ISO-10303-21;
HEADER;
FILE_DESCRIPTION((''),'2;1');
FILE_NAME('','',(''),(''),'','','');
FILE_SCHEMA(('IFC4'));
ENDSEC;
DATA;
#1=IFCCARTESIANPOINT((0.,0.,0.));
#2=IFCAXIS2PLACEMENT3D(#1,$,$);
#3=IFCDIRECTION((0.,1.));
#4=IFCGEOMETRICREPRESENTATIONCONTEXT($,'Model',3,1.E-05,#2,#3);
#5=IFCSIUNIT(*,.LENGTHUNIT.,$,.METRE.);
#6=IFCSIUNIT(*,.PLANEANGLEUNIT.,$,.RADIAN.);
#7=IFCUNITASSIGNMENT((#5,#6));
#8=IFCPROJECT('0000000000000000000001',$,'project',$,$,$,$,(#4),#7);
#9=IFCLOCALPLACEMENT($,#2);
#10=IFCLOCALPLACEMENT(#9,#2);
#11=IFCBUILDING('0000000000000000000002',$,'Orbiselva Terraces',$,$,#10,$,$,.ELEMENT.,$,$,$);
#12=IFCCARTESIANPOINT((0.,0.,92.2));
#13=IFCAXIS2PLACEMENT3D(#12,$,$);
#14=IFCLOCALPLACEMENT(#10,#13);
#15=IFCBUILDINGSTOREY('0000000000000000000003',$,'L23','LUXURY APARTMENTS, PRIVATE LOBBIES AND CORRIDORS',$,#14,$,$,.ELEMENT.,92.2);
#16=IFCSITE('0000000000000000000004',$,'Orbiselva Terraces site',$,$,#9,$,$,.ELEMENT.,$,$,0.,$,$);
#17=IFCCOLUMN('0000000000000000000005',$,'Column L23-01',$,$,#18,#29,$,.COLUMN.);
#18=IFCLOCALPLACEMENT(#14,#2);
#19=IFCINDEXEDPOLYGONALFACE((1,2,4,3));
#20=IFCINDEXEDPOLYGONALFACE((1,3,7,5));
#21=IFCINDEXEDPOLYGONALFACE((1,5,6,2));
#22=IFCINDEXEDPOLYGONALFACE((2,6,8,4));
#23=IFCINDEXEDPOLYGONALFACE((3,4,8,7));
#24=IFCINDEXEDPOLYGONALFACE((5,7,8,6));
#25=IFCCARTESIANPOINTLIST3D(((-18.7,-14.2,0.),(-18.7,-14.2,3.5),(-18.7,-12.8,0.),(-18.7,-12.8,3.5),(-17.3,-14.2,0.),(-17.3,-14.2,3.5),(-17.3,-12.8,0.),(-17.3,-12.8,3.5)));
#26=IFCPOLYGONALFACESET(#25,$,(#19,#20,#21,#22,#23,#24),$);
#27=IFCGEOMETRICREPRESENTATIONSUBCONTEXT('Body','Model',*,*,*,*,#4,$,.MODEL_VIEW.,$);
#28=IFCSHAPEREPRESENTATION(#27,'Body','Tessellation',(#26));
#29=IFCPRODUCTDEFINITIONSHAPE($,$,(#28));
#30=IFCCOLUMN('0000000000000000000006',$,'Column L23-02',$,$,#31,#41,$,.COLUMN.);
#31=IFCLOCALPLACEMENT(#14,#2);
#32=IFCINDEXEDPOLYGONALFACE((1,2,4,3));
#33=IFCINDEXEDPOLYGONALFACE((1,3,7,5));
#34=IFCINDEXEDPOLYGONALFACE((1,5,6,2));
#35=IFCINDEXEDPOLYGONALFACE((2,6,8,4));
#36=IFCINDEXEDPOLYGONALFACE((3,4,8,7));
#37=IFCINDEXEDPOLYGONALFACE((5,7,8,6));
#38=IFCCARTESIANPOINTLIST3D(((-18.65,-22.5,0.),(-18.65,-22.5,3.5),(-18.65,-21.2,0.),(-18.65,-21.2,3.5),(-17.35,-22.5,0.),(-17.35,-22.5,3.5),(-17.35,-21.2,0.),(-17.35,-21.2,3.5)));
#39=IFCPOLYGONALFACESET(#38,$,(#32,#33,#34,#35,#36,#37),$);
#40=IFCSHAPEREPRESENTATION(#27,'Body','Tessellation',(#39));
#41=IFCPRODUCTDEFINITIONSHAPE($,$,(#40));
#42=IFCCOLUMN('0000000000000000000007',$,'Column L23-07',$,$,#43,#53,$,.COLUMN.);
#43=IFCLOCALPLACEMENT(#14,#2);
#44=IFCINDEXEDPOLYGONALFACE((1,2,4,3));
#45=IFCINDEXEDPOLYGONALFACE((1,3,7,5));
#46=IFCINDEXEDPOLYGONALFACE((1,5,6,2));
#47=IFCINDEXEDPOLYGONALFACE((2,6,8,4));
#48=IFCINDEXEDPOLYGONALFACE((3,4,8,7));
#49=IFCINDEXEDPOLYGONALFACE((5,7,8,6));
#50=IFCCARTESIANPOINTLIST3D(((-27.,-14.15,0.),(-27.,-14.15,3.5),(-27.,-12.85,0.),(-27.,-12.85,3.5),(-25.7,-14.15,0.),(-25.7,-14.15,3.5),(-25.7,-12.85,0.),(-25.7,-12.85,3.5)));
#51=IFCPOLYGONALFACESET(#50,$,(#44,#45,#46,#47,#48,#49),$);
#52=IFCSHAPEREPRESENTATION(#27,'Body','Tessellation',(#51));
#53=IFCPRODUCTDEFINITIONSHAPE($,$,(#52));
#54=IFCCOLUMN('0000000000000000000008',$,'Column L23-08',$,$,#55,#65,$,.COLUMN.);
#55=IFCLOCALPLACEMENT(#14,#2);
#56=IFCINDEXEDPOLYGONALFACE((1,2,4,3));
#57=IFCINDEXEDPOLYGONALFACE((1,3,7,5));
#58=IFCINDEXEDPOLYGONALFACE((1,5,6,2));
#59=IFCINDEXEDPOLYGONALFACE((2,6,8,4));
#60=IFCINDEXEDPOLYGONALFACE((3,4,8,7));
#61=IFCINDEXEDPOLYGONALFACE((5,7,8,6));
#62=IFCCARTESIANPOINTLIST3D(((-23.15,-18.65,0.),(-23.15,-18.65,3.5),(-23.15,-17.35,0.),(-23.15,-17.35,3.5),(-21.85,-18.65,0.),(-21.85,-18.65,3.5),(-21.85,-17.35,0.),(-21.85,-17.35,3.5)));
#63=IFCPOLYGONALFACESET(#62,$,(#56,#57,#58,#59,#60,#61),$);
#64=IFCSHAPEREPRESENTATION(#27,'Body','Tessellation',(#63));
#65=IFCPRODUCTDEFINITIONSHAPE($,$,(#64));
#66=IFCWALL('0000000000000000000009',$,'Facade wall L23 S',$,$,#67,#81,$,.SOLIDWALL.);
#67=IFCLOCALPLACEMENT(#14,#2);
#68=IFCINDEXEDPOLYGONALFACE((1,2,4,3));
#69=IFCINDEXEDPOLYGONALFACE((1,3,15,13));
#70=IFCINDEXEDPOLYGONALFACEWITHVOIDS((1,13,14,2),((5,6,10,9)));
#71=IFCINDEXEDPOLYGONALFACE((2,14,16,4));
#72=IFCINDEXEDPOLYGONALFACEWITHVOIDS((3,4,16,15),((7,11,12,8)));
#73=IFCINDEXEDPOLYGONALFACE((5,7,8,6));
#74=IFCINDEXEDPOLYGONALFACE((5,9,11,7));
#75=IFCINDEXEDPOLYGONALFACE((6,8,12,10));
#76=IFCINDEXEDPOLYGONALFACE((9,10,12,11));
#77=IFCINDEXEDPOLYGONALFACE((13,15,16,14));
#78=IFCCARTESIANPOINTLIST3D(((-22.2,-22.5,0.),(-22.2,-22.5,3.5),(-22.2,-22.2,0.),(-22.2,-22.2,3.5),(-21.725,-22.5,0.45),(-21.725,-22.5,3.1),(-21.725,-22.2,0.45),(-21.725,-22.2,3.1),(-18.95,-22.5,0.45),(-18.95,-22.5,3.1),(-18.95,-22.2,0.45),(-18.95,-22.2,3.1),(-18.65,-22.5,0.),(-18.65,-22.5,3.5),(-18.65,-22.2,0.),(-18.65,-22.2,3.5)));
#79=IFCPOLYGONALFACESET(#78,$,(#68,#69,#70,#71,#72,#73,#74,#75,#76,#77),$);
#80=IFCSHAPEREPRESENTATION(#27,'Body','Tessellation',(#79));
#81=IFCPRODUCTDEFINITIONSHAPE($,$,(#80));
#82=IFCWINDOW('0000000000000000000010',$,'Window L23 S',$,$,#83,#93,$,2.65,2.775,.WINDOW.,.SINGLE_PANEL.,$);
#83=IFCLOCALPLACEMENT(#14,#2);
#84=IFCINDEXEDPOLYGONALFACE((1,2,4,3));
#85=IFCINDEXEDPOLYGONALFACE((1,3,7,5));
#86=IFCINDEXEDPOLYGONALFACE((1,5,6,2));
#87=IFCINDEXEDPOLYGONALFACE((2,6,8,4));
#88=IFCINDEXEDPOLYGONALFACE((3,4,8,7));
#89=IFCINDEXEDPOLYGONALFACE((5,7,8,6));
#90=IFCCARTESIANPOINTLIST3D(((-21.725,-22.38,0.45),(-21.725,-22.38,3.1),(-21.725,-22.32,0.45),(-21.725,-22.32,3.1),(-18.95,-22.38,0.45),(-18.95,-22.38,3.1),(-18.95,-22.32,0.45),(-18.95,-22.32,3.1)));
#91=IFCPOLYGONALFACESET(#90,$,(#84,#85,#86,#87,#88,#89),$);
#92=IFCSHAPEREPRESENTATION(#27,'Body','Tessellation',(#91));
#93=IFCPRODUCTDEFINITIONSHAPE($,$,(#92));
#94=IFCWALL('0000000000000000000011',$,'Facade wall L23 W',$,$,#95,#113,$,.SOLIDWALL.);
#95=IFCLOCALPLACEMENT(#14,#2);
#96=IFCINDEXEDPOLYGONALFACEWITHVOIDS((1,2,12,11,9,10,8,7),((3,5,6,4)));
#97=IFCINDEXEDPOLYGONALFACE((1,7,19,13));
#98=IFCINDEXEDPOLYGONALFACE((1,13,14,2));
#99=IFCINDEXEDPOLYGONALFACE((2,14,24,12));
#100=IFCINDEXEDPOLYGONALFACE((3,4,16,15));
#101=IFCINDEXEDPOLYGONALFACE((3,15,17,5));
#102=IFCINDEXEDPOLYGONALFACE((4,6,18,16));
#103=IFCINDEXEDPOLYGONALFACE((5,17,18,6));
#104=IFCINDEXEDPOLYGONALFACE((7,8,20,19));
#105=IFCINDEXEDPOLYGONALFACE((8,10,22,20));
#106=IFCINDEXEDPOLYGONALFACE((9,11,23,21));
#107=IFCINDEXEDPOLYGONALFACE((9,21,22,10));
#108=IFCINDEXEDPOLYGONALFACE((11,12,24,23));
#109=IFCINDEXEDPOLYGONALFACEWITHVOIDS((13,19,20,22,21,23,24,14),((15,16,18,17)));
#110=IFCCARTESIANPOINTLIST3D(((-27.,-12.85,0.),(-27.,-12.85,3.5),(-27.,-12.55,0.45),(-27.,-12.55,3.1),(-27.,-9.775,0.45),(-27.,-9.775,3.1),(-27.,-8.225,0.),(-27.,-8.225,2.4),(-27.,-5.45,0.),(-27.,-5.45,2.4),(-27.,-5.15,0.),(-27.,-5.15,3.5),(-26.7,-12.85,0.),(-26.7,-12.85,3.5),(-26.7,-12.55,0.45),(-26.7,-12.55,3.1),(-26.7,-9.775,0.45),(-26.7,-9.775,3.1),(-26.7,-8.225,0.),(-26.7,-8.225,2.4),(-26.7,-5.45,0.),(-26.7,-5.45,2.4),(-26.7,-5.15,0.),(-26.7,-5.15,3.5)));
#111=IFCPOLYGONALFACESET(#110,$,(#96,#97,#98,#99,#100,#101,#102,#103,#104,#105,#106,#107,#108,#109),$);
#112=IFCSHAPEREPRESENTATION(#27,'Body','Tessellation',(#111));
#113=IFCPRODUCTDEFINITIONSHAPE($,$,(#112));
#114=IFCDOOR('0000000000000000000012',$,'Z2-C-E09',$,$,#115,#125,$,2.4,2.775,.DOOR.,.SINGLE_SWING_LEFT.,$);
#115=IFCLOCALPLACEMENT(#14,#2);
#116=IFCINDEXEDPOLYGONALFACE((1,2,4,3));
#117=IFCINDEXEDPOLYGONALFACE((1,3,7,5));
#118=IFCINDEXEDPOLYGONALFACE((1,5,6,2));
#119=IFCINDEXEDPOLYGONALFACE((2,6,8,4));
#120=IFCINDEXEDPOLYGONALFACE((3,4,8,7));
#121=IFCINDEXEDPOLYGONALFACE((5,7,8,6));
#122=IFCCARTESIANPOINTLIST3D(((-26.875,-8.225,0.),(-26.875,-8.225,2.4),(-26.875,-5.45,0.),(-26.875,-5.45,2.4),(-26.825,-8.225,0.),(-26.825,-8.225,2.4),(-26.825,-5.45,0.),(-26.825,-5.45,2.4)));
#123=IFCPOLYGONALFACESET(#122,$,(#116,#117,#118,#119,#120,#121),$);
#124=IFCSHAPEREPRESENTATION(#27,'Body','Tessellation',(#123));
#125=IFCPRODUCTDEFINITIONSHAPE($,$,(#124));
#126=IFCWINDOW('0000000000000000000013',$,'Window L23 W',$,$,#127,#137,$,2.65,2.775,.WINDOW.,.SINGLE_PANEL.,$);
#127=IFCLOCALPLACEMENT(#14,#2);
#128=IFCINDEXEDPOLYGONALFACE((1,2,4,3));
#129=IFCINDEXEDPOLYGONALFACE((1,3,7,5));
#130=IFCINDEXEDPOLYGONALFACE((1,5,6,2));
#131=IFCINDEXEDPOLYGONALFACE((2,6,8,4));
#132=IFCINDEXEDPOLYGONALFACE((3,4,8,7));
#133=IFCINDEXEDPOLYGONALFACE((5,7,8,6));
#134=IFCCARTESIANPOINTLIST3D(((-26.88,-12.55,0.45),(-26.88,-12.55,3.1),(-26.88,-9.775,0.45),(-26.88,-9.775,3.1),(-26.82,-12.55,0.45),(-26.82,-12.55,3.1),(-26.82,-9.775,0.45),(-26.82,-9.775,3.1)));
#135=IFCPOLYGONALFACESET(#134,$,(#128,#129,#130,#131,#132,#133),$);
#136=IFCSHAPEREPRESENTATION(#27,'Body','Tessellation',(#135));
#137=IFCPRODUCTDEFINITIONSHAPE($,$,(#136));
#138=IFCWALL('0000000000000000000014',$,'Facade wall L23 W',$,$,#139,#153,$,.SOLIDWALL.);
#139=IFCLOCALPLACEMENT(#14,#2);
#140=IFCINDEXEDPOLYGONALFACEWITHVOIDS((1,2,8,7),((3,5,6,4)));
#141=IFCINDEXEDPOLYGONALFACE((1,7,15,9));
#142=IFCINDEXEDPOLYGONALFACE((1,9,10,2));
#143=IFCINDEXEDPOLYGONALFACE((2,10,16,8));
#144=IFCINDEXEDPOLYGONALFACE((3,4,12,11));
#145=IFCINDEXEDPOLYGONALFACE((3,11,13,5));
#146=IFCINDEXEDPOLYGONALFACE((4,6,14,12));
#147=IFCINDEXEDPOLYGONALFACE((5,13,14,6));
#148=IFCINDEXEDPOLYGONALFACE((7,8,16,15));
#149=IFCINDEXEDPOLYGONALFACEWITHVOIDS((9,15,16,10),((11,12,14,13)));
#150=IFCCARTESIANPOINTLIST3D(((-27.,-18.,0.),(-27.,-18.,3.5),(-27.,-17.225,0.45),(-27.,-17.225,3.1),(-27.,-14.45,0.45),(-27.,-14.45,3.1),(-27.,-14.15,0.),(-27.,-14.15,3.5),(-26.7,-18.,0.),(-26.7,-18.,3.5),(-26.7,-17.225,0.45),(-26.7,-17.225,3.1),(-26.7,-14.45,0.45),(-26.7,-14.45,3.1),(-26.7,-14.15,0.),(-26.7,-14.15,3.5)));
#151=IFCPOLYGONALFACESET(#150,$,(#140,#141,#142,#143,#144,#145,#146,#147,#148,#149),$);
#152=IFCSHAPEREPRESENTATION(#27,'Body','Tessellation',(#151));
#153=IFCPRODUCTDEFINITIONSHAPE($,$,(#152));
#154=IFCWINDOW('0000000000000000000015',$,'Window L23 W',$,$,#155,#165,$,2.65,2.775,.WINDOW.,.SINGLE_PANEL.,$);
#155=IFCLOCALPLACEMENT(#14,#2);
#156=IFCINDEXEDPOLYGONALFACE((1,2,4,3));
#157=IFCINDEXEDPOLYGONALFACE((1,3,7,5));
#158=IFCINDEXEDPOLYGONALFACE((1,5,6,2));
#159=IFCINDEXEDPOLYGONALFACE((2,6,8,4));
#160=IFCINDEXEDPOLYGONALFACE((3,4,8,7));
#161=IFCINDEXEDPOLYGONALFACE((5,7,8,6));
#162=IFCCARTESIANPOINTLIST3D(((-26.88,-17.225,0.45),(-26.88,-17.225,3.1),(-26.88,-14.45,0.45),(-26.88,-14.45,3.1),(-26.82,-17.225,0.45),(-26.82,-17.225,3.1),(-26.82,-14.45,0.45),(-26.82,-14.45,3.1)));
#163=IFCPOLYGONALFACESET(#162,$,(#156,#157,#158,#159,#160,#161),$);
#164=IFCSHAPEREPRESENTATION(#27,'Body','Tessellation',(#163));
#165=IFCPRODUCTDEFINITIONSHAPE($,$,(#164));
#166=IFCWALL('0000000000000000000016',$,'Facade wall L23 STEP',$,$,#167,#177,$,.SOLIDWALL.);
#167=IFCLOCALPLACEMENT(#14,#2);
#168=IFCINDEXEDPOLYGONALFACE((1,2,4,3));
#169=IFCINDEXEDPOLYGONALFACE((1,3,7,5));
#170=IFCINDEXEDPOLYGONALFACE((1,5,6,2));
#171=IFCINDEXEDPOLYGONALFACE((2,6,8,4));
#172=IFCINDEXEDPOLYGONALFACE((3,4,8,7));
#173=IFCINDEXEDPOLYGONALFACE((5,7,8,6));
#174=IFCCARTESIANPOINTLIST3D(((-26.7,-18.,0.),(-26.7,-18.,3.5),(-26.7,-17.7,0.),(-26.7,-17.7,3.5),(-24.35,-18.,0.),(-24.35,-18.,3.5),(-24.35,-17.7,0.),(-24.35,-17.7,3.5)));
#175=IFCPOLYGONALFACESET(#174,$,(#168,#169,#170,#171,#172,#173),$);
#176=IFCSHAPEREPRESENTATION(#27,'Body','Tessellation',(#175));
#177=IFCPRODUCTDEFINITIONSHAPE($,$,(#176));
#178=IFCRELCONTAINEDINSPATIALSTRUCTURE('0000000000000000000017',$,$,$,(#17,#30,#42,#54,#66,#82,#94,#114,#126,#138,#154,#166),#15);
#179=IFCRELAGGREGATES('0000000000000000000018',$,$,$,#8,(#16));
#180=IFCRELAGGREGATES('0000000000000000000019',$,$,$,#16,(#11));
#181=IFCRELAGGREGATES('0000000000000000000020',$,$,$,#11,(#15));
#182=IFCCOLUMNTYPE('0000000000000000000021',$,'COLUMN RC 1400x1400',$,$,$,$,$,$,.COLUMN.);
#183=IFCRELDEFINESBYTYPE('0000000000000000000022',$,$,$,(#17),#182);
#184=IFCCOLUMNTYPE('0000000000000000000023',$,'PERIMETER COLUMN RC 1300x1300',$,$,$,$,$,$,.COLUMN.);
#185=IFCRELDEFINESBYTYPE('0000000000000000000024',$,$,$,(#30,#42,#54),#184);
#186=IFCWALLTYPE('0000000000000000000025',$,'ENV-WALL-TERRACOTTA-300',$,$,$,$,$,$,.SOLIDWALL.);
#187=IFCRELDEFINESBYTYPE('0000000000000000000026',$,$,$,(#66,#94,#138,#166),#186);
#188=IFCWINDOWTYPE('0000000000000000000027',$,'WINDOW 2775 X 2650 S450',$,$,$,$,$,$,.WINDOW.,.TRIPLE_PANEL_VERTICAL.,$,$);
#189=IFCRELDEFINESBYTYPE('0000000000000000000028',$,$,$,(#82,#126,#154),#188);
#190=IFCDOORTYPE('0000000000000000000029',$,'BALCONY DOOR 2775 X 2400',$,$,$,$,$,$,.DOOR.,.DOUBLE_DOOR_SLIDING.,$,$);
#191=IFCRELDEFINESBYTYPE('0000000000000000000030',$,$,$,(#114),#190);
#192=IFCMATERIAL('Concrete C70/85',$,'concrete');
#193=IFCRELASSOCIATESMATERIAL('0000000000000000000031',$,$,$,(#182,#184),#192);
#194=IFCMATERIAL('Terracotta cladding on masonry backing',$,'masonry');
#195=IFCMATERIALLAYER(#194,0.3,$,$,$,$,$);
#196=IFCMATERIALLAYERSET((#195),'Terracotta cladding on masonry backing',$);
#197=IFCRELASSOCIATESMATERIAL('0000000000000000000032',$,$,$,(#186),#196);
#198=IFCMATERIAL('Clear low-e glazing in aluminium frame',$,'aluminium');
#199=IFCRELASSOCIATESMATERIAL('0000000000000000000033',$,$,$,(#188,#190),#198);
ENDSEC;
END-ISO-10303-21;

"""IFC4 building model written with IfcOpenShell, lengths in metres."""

from ifc_helpers import new_model, si_unit, direction, frame, frame_2d, origin, origin_2d, place, context, subcontext, project, spatial, rectangle, extrude, material, layer, layer_set, material_profile, profile_set, type_object, element, fill, save


model = new_model("IFC4")

# Units and contexts
model_context = context("Model", 3, precision=1e-05, world=origin(), true_north=direction((0.0, 1.0)))
body_context = subcontext(model_context, "Body", "Model", "MODEL_VIEW")
ifc_project = project(units=[si_unit("LENGTHUNIT", "METRE"), si_unit("PLANEANGLEUNIT", "RADIAN")], contexts=[model_context])

# Site, building, storey
site_placement = place(None, origin())
site = spatial("IfcSite", under=ifc_project, at=site_placement, Name="Orbiselva Terraces site", CompositionType="ELEMENT", RefElevation=0.0)
building_placement = place(site_placement, origin())
building = spatial("IfcBuilding", under=site, at=building_placement, Name="Orbiselva Terraces", CompositionType="ELEMENT")
storey_placement = place(building_placement, frame((0.0, 0.0, 92.2)))
storey = spatial("IfcBuildingStorey", under=building, at=storey_placement, Name="L23", Description="LUXURY APARTMENTS, PRIVATE LOBBIES AND CORRIDORS", CompositionType="ELEMENT", Elevation=92.2)

# Columns
ifc_material_1 = material(Name="Concrete C70/85", Category="concrete")
ifc_material_profile_1 = material_profile(ifc_material_1, rectangle(XDim=1.4, YDim=1.4, at=origin_2d()), Name="RC 1400x1400")
ifc_profile_set_1 = profile_set([ifc_material_profile_1], Name="Concrete C70/85")
column_type_1 = type_object("IfcColumnType", Name="COLUMN RC 1400x1400", PredefinedType="COLUMN", material=ifc_profile_set_1)
column_placement = place(storey_placement, frame((-18.0, -13.5, 0.0), z_axis=(0.0, 0.0, 1.0), x_axis=(1.0, 0.0, 0.0)))
element("IfcColumn", 1, at=column_placement, inside=storey, type_object=column_type_1, Name="Column L23-01", PredefinedType="COLUMN", context=body_context, shape_type="SweptSolid", body=[
    extrude(rectangle(XDim=1.4, YDim=1.4, at=origin_2d()), origin(), (0.0, 0.0, 1.0), 3.5),
])
ifc_material_profile_2 = material_profile(ifc_material_1, rectangle(XDim=1.3, YDim=1.3, at=origin_2d()), Name="RC 1300x1300")
ifc_profile_set_2 = profile_set([ifc_material_profile_2], Name="Concrete C70/85")
column_type_2 = type_object("IfcColumnType", Name="PERIMETER COLUMN RC 1300x1300", PredefinedType="COLUMN", material=ifc_profile_set_2)
for number, where, z_axis, x_axis, name in (
    (2, (-18.0, -21.85, 0.0), (0.0, 0.0, 1.0), (1.0, 0.0, 0.0), "Column L23-02"),
    (3, (-26.35, -13.5, 0.0), (0.0, 0.0, 1.0), (1.0, 0.0, 0.0), "Column L23-07"),
    (4, (-22.5, -18.0, 0.0), (0.0, 0.0, 1.0), (1.0, 0.0, 0.0), "Column L23-08"),
):
    element("IfcColumn", number, at=place(storey_placement, frame(where, z_axis=z_axis, x_axis=x_axis)), inside=storey, type_object=column_type_2, Name=name, PredefinedType="COLUMN", context=body_context, shape_type="SweptSolid", body=[
        extrude(rectangle(XDim=1.3, YDim=1.3, at=origin_2d()), origin(), (0.0, 0.0, 1.0), 3.5),
    ])

# Wall, opening, window
ifc_material_2 = material(Name="Terracotta cladding on masonry backing", Category="masonry")
ifc_layer_1 = layer(ifc_material_2, 0.3)
ifc_layer_set_1 = layer_set([ifc_layer_1], Name="Terracotta cladding on masonry backing")
wall_type_1 = type_object("IfcWallType", Name="ENV-WALL-TERRACOTTA-300", PredefinedType="SOLIDWALL", material=ifc_layer_set_1)
wall_1_placement = place(storey_placement, frame((-18.65, -22.35, 0.0), z_axis=(0.0, 0.0, 1.0), x_axis=(-1.0, 0.0, 0.0)))
wall_1 = element("IfcWall", 5, at=wall_1_placement, inside=storey, type_object=wall_type_1, Name="Facade wall L23 S", PredefinedType="SOLIDWALL", context=body_context, shape_type="SweptSolid", body=[
    extrude(rectangle(XDim=3.55, YDim=0.3, at=frame_2d((1.775, 0.0))), origin(), (0.0, 0.0, 1.0), 3.5),
])
opening_1_placement = place(wall_1_placement, frame((0.3, 0.0, 0.45)))
opening_1 = element("IfcOpeningElement", 6, at=opening_1_placement, cuts=wall_1, PredefinedType="OPENING", context=body_context, shape_type="SweptSolid", body=[
    extrude(rectangle(XDim=2.775, YDim=2.65, at=frame_2d((1.3875, 1.325))), frame((0.0, 0.16, 0.0), z_axis=(0.0, -1.0, 0.0), x_axis=(1.0, 0.0, 0.0)), (0.0, 0.0, 1.0), 0.32),
])
ifc_material_3 = material(Name="Clear low-e glazing in aluminium frame", Category="aluminium")
window_type = type_object("IfcWindowType", Name="WINDOW 2775 X 2650 S450", PartitioningType="TRIPLE_PANEL_VERTICAL", PredefinedType="WINDOW", material=ifc_material_3)
window_1_placement = place(opening_1_placement, origin())
window_1 = element("IfcWindow", 7, at=window_1_placement, inside=storey, type_object=window_type, Name="Window L23 S", OverallHeight=2.65, OverallWidth=2.775, PartitioningType="SINGLE_PANEL", PredefinedType="WINDOW", context=body_context, shape_type="SweptSolid", body=[
    extrude(rectangle(XDim=2.775, YDim=2.65, at=frame_2d((1.3875, 1.325))), frame((0.0, 0.03, 0.0), z_axis=(0.0, -1.0, 0.0), x_axis=(1.0, 0.0, 0.0)), (0.0, 0.0, 1.0), 0.06),
])
fill(opening_1, window_1)

# Wall, openings, door, window
wall_2_placement = place(storey_placement, frame((-26.85, -12.85, 0.0), z_axis=(0.0, 0.0, 1.0), x_axis=(0.0, 1.0, 0.0)))
wall_2 = element("IfcWall", 8, at=wall_2_placement, inside=storey, type_object=wall_type_1, Name="Facade wall L23 W", PredefinedType="SOLIDWALL", context=body_context, shape_type="SweptSolid", body=[
    extrude(rectangle(XDim=7.7, YDim=0.3, at=frame_2d((3.85, 0.0))), origin(), (0.0, 0.0, 1.0), 3.5),
])
opening_2_placement = place(wall_2_placement, frame((4.625, 0.0, 0.0)))
opening_2 = element("IfcOpeningElement", 9, at=opening_2_placement, cuts=wall_2, PredefinedType="OPENING", context=body_context, shape_type="SweptSolid", body=[
    extrude(rectangle(XDim=2.775, YDim=2.4, at=frame_2d((1.3875, 1.2))), frame((0.0, 0.16, 0.0), z_axis=(0.0, -1.0, 0.0), x_axis=(1.0, 0.0, 0.0)), (0.0, 0.0, 1.0), 0.32),
])
opening_3_placement = place(wall_2_placement, frame((0.3, 0.0, 0.45)))
opening_3 = element("IfcOpeningElement", 10, at=opening_3_placement, cuts=wall_2, PredefinedType="OPENING", context=body_context, shape_type="SweptSolid", body=[
    extrude(rectangle(XDim=2.775, YDim=2.65, at=frame_2d((1.3875, 1.325))), frame((0.0, 0.16, 0.0), z_axis=(0.0, -1.0, 0.0), x_axis=(1.0, 0.0, 0.0)), (0.0, 0.0, 1.0), 0.32),
])
door_type_1 = type_object("IfcDoorType", Name="BALCONY DOOR 2775 X 2400", OperationType="DOUBLE_DOOR_SLIDING", PredefinedType="DOOR", material=ifc_material_3)
door_1_placement = place(opening_2_placement, origin())
door_1 = element("IfcDoor", 11, at=door_1_placement, inside=storey, type_object=door_type_1, Name="Z2-C-E09", OperationType="SINGLE_SWING_LEFT", OverallHeight=2.4, OverallWidth=2.775, PredefinedType="DOOR", context=body_context, shape_type="SweptSolid", body=[
    extrude(rectangle(XDim=2.775, YDim=2.4, at=frame_2d((1.3875, 1.2))), frame((0.0, 0.025, 0.0), z_axis=(0.0, -1.0, 0.0), x_axis=(1.0, 0.0, 0.0)), (0.0, 0.0, 1.0), 0.05),
])
fill(opening_2, door_1)
window_2_placement = place(opening_3_placement, origin())
window_2 = element("IfcWindow", 12, at=window_2_placement, inside=storey, type_object=window_type, Name="Window L23 W", OverallHeight=2.65, OverallWidth=2.775, PartitioningType="SINGLE_PANEL", PredefinedType="WINDOW", context=body_context, shape_type="SweptSolid", body=[
    extrude(rectangle(XDim=2.775, YDim=2.65, at=frame_2d((1.3875, 1.325))), frame((0.0, 0.03, 0.0), z_axis=(0.0, -1.0, 0.0), x_axis=(1.0, 0.0, 0.0)), (0.0, 0.0, 1.0), 0.06),
])
fill(opening_3, window_2)

# Wall, opening, window
wall_3_placement = place(storey_placement, frame((-26.85, -18.0, 0.0), z_axis=(0.0, 0.0, 1.0), x_axis=(0.0, 1.0, 0.0)))
wall_3 = element("IfcWall", 13, at=wall_3_placement, inside=storey, type_object=wall_type_1, Name="Facade wall L23 W", PredefinedType="SOLIDWALL", context=body_context, shape_type="SweptSolid", body=[
    extrude(rectangle(XDim=3.85, YDim=0.3, at=frame_2d((1.925, 0.0))), origin(), (0.0, 0.0, 1.0), 3.5),
])
opening_4_placement = place(wall_3_placement, frame((0.775, 0.0, 0.45)))
opening_4 = element("IfcOpeningElement", 14, at=opening_4_placement, cuts=wall_3, PredefinedType="OPENING", context=body_context, shape_type="SweptSolid", body=[
    extrude(rectangle(XDim=2.775, YDim=2.65, at=frame_2d((1.3875, 1.325))), frame((0.0, 0.16, 0.0), z_axis=(0.0, -1.0, 0.0), x_axis=(1.0, 0.0, 0.0)), (0.0, 0.0, 1.0), 0.32),
])
window_3_placement = place(opening_4_placement, origin())
window_3 = element("IfcWindow", 15, at=window_3_placement, inside=storey, type_object=window_type, Name="Window L23 W", OverallHeight=2.65, OverallWidth=2.775, PartitioningType="SINGLE_PANEL", PredefinedType="WINDOW", context=body_context, shape_type="SweptSolid", body=[
    extrude(rectangle(XDim=2.775, YDim=2.65, at=frame_2d((1.3875, 1.325))), frame((0.0, 0.03, 0.0), z_axis=(0.0, -1.0, 0.0), x_axis=(1.0, 0.0, 0.0)), (0.0, 0.0, 1.0), 0.06),
])
fill(opening_4, window_3)

# Wall
wall_4_placement = place(storey_placement, frame((-24.35, -17.85, 0.0), z_axis=(0.0, 0.0, 1.0), x_axis=(-1.0, 0.0, 0.0)))
element("IfcWall", 16, at=wall_4_placement, inside=storey, type_object=wall_type_1, Name="Facade wall L23 STEP", PredefinedType="SOLIDWALL", context=body_context, shape_type="SweptSolid", body=[
    extrude(rectangle(XDim=2.35, YDim=0.3, at=frame_2d((1.175, 0.0))), origin(), (0.0, 0.0, 1.0), 3.5),
])

save(model, "model.ifc")
